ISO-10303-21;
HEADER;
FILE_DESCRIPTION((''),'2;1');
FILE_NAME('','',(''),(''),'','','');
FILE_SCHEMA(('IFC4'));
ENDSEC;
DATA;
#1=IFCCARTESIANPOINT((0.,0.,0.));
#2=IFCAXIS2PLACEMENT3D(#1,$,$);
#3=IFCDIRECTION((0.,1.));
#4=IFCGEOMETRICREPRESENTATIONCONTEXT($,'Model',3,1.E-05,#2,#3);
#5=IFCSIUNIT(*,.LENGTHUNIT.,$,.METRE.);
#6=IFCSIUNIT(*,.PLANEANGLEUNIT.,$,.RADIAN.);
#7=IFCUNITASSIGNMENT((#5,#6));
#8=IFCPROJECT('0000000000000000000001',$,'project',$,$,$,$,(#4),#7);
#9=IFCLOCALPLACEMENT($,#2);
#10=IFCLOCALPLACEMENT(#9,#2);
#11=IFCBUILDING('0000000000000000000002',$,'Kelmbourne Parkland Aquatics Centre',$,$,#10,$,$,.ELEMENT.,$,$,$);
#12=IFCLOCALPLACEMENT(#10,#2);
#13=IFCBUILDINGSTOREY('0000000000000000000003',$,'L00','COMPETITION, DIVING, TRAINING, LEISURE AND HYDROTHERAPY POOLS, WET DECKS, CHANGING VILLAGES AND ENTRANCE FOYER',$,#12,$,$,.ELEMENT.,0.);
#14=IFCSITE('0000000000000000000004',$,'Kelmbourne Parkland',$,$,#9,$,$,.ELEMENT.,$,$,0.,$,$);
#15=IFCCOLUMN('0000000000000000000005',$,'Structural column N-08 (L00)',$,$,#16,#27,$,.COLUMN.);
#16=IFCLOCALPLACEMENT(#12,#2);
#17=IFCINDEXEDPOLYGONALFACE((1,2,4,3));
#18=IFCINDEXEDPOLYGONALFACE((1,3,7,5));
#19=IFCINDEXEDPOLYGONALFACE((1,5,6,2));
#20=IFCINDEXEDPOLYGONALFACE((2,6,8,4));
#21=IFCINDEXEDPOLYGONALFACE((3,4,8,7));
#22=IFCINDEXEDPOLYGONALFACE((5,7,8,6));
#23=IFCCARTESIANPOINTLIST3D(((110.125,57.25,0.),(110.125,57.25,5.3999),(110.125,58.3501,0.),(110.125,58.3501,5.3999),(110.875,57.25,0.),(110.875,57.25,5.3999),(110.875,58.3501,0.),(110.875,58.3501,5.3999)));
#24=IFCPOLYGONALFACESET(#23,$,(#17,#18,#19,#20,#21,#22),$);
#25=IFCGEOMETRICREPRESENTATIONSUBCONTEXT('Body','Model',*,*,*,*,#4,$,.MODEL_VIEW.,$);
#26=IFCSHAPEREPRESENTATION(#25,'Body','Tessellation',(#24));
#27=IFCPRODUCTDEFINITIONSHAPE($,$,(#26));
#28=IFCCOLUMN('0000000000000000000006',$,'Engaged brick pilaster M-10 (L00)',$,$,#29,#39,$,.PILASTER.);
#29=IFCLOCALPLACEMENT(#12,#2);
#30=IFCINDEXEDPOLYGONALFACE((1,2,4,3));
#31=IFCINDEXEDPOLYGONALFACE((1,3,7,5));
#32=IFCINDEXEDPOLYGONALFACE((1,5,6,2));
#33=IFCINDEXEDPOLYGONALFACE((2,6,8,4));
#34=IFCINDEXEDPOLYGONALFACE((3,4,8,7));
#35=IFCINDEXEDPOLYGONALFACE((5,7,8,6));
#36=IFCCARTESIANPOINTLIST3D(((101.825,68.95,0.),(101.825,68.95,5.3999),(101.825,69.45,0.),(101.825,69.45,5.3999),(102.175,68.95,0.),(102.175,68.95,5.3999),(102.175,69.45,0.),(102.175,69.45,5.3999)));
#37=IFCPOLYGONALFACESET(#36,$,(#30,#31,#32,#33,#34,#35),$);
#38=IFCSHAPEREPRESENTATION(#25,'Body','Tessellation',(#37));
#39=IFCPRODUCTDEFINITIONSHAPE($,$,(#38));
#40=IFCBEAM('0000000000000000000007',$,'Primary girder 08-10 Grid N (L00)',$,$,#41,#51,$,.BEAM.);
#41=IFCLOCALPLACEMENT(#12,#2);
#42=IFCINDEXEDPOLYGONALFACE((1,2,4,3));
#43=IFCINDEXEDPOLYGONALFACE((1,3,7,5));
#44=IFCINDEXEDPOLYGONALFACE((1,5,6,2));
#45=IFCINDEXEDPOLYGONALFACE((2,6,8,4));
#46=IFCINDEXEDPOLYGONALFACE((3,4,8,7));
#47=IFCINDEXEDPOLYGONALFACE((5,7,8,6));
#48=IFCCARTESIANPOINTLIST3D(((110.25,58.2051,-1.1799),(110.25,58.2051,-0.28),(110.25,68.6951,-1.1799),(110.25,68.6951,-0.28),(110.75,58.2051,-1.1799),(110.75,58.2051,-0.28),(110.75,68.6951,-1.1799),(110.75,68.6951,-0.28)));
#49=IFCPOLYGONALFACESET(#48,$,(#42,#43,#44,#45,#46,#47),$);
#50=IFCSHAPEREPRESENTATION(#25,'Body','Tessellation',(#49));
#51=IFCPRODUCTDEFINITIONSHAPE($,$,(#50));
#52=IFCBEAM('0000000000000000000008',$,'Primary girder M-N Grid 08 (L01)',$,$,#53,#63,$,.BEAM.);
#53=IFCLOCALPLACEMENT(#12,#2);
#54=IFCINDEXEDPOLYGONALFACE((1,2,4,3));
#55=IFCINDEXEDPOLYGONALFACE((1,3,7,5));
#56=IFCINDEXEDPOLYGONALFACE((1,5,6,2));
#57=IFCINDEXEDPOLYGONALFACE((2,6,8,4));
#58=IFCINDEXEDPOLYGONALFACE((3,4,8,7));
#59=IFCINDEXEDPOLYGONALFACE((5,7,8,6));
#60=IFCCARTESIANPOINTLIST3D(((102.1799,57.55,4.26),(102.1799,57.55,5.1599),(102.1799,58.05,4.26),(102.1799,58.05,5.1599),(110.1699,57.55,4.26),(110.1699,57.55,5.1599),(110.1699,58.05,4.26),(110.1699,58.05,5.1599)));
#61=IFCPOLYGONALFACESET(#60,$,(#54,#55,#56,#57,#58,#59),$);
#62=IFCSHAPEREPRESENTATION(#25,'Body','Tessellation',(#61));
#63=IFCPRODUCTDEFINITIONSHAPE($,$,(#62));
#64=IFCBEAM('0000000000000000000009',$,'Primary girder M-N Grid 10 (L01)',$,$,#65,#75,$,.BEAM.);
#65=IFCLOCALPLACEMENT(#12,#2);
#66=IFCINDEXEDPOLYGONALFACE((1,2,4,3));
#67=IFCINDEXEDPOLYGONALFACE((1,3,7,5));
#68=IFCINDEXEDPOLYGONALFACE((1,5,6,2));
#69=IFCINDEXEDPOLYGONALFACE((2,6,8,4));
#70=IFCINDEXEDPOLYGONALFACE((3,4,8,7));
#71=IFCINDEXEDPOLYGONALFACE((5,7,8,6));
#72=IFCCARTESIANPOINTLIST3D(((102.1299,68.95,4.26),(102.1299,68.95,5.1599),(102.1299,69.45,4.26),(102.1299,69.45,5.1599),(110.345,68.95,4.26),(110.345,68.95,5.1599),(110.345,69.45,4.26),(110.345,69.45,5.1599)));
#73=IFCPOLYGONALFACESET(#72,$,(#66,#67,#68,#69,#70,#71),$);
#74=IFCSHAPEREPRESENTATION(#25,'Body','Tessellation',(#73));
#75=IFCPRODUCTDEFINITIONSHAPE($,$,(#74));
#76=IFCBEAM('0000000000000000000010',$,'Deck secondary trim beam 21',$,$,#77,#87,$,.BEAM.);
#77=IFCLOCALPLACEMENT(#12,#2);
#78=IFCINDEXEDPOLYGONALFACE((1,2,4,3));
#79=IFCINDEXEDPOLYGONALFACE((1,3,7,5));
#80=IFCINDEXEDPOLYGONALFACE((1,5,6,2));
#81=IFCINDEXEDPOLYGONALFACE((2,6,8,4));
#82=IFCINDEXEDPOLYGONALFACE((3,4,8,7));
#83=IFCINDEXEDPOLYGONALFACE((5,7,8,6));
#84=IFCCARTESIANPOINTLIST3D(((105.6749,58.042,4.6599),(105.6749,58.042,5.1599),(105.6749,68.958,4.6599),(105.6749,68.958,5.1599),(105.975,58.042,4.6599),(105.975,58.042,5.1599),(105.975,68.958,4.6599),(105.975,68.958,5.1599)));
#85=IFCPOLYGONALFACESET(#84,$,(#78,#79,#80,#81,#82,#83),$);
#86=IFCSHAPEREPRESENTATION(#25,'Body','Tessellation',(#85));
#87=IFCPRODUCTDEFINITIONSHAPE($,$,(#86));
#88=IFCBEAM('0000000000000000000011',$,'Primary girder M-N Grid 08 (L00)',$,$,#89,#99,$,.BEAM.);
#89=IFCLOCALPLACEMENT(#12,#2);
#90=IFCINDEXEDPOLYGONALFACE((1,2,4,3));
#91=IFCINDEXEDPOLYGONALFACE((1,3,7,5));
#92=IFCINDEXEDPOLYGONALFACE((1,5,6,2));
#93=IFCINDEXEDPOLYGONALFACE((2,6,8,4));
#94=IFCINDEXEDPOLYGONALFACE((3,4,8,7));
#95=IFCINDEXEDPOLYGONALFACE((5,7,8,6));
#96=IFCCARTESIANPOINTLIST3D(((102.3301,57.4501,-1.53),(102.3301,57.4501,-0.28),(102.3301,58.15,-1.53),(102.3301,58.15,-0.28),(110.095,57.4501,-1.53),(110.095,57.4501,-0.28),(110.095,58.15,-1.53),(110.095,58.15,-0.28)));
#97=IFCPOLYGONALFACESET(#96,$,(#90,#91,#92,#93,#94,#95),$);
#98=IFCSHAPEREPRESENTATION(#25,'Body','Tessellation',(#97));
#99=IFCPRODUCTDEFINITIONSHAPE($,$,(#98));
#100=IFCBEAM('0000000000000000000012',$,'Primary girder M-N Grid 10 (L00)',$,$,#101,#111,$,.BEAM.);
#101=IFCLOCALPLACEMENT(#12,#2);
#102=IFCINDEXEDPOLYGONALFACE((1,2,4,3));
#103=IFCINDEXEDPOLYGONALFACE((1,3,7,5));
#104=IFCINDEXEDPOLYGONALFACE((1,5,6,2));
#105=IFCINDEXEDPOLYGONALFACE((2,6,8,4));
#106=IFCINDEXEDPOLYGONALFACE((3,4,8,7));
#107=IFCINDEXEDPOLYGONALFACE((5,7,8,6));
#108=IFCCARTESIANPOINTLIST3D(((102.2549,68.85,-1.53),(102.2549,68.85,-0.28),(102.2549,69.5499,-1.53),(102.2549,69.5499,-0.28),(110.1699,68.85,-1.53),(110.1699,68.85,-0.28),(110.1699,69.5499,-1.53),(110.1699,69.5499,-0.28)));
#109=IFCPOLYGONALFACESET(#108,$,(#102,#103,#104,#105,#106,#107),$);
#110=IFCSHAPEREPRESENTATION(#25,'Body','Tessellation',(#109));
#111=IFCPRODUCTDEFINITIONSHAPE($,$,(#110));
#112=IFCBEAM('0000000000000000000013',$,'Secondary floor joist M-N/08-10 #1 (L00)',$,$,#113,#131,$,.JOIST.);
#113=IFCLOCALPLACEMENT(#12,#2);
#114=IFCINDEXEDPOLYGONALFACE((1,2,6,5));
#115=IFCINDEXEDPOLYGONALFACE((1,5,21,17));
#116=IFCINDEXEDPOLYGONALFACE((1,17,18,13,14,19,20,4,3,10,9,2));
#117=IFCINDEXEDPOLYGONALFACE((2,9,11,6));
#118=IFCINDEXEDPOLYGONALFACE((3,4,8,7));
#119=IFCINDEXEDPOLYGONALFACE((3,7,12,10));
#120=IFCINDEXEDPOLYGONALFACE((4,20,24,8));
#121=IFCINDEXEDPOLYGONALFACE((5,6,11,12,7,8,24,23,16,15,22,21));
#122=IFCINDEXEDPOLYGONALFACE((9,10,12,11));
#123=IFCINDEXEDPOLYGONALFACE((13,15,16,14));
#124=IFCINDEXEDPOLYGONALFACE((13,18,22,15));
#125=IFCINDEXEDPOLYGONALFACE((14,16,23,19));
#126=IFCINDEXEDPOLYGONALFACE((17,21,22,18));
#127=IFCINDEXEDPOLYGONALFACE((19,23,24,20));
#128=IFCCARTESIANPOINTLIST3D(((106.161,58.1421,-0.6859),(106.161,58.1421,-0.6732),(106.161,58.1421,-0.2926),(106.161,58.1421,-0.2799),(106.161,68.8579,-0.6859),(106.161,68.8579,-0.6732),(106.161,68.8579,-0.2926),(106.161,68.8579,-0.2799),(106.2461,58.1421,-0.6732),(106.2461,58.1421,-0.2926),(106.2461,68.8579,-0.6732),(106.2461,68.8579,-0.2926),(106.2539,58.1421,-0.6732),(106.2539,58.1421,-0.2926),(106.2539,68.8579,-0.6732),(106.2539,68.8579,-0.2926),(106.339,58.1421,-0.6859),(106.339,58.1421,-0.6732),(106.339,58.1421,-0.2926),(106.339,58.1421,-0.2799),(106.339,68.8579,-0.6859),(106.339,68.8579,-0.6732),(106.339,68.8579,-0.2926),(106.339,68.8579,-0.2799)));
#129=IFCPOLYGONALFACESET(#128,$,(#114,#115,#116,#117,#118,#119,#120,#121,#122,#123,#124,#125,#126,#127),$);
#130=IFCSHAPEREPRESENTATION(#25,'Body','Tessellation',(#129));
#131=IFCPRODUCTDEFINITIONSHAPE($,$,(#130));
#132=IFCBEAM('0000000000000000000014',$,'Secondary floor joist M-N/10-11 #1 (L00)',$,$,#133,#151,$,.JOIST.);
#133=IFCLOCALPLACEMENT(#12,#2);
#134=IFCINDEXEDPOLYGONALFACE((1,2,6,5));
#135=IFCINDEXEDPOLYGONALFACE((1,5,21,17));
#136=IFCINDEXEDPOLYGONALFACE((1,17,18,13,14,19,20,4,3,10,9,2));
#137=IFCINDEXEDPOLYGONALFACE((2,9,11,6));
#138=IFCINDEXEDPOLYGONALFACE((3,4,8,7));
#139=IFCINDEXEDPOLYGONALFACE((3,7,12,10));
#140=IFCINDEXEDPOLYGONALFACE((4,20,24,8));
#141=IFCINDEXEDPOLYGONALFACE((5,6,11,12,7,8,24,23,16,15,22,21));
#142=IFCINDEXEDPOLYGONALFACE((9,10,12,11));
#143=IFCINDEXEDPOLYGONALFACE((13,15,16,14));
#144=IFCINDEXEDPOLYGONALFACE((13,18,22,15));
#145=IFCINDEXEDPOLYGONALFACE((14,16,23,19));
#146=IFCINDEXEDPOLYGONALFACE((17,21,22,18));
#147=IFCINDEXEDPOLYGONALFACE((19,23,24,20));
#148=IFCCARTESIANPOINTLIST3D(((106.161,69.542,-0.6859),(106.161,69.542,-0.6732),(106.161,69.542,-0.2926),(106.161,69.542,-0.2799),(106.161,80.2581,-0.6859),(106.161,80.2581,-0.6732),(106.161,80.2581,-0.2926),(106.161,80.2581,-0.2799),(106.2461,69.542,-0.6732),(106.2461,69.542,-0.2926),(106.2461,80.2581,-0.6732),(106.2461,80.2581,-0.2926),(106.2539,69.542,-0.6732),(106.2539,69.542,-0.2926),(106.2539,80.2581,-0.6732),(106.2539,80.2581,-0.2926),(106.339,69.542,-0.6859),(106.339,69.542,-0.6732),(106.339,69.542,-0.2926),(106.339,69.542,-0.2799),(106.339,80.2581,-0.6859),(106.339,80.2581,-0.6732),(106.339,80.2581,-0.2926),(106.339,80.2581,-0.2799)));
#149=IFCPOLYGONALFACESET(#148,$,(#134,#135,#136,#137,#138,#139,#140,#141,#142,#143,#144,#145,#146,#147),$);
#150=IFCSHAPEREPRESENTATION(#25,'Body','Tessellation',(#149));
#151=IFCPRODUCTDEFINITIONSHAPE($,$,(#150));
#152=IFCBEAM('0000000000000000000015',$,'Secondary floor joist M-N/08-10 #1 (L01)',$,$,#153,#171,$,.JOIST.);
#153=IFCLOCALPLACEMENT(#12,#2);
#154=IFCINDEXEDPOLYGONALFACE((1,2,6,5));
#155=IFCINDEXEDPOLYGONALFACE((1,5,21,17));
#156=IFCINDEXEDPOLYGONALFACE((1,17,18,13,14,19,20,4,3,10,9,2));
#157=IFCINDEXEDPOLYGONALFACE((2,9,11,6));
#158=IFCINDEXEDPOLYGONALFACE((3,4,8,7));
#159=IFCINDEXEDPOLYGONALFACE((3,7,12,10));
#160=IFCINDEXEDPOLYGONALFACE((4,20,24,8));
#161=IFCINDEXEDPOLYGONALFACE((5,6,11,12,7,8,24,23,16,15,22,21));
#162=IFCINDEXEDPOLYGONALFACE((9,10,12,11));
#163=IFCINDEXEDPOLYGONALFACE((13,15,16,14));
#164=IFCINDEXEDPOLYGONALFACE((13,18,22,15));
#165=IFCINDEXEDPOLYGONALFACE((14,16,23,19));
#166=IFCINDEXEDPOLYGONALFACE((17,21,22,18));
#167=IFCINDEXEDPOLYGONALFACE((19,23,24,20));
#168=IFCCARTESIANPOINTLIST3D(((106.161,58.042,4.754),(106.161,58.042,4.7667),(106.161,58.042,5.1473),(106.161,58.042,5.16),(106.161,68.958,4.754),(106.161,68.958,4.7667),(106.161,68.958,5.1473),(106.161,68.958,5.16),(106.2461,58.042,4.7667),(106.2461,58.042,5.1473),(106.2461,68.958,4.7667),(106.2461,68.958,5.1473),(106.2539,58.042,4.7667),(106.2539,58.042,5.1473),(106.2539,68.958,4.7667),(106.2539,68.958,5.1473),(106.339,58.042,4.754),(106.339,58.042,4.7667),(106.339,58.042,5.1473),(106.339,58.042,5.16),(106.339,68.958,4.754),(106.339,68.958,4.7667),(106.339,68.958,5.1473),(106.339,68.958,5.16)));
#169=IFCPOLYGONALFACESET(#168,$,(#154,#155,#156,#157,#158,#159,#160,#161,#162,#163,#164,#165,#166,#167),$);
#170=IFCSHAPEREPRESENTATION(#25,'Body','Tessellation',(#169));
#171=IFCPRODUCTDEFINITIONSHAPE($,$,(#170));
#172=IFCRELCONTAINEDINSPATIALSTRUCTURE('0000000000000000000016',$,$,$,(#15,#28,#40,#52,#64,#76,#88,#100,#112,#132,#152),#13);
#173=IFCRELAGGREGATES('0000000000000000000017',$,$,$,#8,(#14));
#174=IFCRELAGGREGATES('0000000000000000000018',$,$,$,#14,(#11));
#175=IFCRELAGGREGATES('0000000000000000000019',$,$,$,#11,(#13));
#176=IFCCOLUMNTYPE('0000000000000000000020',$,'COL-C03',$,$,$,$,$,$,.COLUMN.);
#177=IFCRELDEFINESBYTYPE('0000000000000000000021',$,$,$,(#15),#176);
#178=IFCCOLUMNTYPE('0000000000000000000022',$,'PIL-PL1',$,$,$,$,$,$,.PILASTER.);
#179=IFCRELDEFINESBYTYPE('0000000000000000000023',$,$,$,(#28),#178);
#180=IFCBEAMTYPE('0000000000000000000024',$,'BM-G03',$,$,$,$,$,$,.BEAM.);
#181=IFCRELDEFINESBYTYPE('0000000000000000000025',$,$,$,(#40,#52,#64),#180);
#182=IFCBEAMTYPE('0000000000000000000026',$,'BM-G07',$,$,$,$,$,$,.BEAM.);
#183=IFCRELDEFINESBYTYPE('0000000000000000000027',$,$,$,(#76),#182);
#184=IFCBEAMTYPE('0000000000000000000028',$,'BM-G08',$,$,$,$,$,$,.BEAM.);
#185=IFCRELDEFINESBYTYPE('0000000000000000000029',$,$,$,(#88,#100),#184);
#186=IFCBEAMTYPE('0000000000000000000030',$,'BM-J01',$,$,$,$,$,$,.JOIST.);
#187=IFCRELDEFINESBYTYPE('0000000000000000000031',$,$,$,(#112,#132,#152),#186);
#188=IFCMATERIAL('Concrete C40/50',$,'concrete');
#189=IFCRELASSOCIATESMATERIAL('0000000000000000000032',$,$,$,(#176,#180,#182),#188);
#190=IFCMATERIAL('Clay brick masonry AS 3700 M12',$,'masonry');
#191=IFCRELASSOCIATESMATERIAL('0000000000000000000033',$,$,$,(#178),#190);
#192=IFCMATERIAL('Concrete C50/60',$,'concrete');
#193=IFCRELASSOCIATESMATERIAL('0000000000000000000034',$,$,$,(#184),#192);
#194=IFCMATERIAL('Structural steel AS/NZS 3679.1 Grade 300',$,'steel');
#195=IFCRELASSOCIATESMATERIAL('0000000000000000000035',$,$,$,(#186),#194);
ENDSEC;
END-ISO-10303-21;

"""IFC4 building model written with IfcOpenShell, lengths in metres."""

from ifc_helpers import new_model, si_unit, direction, frame, origin, origin_2d, place, context, subcontext, project, spatial, rectangle, i_section, extrude, material, material_profile, profile_set, type_object, element, save


model = new_model("IFC4")

# Units and contexts
model_context = context("Model", 3, precision=1e-05, world=origin(), true_north=direction((0.0, 1.0)))
body_context = subcontext(model_context, "Body", "Model", "MODEL_VIEW")
ifc_project = project(units=[si_unit("LENGTHUNIT", "METRE"), si_unit("PLANEANGLEUNIT", "RADIAN")], contexts=[model_context])

# Site, building, storey
site_placement = place(None, origin())
site = spatial("IfcSite", under=ifc_project, at=site_placement, Name="Kelmbourne Parkland", CompositionType="ELEMENT", RefElevation=0.0)
building_placement = place(site_placement, origin())
building = spatial("IfcBuilding", under=site, at=building_placement, Name="Kelmbourne Parkland Aquatics Centre", CompositionType="ELEMENT")
storey_placement = place(building_placement, origin())
storey = spatial("IfcBuildingStorey", under=building, at=storey_placement, Name="L00", Description="COMPETITION, DIVING, TRAINING, LEISURE AND HYDROTHERAPY POOLS, WET DECKS, CHANGING VILLAGES AND ENTRANCE FOYER", CompositionType="ELEMENT", Elevation=0.0)

# Columns
ifc_material_1 = material(Name="Concrete C40/50", Category="concrete")
ifc_material_profile_1 = material_profile(ifc_material_1, rectangle(XDim=0.75, YDim=1.1001, at=origin_2d()), Name="RC 750x1100")
ifc_profile_set_1 = profile_set([ifc_material_profile_1], Name="Concrete C40/50")
column_type_1 = type_object("IfcColumnType", Name="COL-C03", PredefinedType="COLUMN", material=ifc_profile_set_1)
column_1_placement = place(storey_placement, frame((110.5, 57.8, 0.0), z_axis=(0.0, 0.0, 1.0), x_axis=(1.0, 0.0, 0.0)))
element("IfcColumn", 1, at=column_1_placement, inside=storey, type_object=column_type_1, Name="Structural column N-08 (L00)", PredefinedType="COLUMN", context=body_context, shape_type="SweptSolid", body=[
    extrude(rectangle(XDim=0.75, YDim=1.1001, at=origin_2d()), origin(), (0.0, 0.0, 1.0), 5.3999),
])
ifc_material_2 = material(Name="Clay brick masonry AS 3700 M12", Category="masonry")
ifc_material_profile_2 = material_profile(ifc_material_2, rectangle(XDim=0.3501, YDim=0.5, at=origin_2d()), Name="PIL 350x500")
ifc_profile_set_2 = profile_set([ifc_material_profile_2], Name="Clay brick masonry AS 3700 M12")
column_type_2 = type_object("IfcColumnType", Name="PIL-PL1", PredefinedType="PILASTER", material=ifc_profile_set_2)
column_2_placement = place(storey_placement, frame((102.0, 69.2, 0.0), z_axis=(0.0, 0.0, 1.0), x_axis=(1.0, 0.0, 0.0)))
element("IfcColumn", 2, at=column_2_placement, inside=storey, type_object=column_type_2, Name="Engaged brick pilaster M-10 (L00)", PredefinedType="PILASTER", context=body_context, shape_type="SweptSolid", body=[
    extrude(rectangle(XDim=0.3501, YDim=0.5, at=origin_2d()), origin(), (0.0, 0.0, 1.0), 5.3999),
])

# Beams
ifc_material_profile_3 = material_profile(ifc_material_1, rectangle(XDim=0.5, YDim=0.8999, at=origin_2d()), Name="RC 500x900")
ifc_profile_set_3 = profile_set([ifc_material_profile_3], Name="Concrete C40/50")
beam_type_1 = type_object("IfcBeamType", Name="BM-G03", PredefinedType="BEAM", material=ifc_profile_set_3)
beam_1_placement = place(storey_placement, frame((110.5, 58.2051, -0.73), z_axis=(0.0, 1.0, 0.0), x_axis=(-1.0, 0.0, 0.0)))
element("IfcBeam", 3, at=beam_1_placement, inside=storey, type_object=beam_type_1, Name="Primary girder 08-10 Grid N (L00)", PredefinedType="BEAM", context=body_context, shape_type="SweptSolid", body=[
    extrude(rectangle(XDim=0.5, YDim=0.8999, at=origin_2d()), origin(), (0.0, 0.0, 1.0), 10.49),
])
beam_2_placement = place(storey_placement, frame((102.1799, 57.8, 4.71), z_axis=(1.0, 0.0, 0.0), x_axis=(0.0, 1.0, 0.0)))
element("IfcBeam", 4, at=beam_2_placement, inside=storey, type_object=beam_type_1, Name="Primary girder M-N Grid 08 (L01)", PredefinedType="BEAM", context=body_context, shape_type="SweptSolid", body=[
    extrude(rectangle(XDim=0.5, YDim=0.8999, at=origin_2d()), origin(), (0.0, 0.0, 1.0), 7.99),
])
beam_3_placement = place(storey_placement, frame((102.1299, 69.2, 4.71), z_axis=(1.0, 0.0, 0.0), x_axis=(0.0, 1.0, 0.0)))
element("IfcBeam", 5, at=beam_3_placement, inside=storey, type_object=beam_type_1, Name="Primary girder M-N Grid 10 (L01)", PredefinedType="BEAM", context=body_context, shape_type="SweptSolid", body=[
    extrude(rectangle(XDim=0.5, YDim=0.8999, at=origin_2d()), origin(), (0.0, 0.0, 1.0), 8.2151),
])
ifc_material_profile_4 = material_profile(ifc_material_1, rectangle(XDim=0.3, YDim=0.5, at=origin_2d()), Name="RC 300x500")
ifc_profile_set_4 = profile_set([ifc_material_profile_4], Name="Concrete C40/50")
beam_type_2 = type_object("IfcBeamType", Name="BM-G07", PredefinedType="BEAM", material=ifc_profile_set_4)
beam_4_placement = place(storey_placement, frame((105.825, 58.042, 4.9099), z_axis=(0.0, 1.0, 0.0), x_axis=(-1.0, 0.0, 0.0)))
element("IfcBeam", 6, at=beam_4_placement, inside=storey, type_object=beam_type_2, Name="Deck secondary trim beam 21", PredefinedType="BEAM", context=body_context, shape_type="SweptSolid", body=[
    extrude(rectangle(XDim=0.3, YDim=0.5, at=origin_2d()), origin(), (0.0, 0.0, 1.0), 10.916),
])
ifc_material_3 = material(Name="Concrete C50/60", Category="concrete")
ifc_material_profile_5 = material_profile(ifc_material_3, rectangle(XDim=0.7, YDim=1.25, at=origin_2d()), Name="RC 700x1250")
ifc_profile_set_5 = profile_set([ifc_material_profile_5], Name="Concrete C50/60")
beam_type_3 = type_object("IfcBeamType", Name="BM-G08", PredefinedType="BEAM", material=ifc_profile_set_5)
beam_5_placement = place(storey_placement, frame((102.3301, 57.8, -0.905), z_axis=(1.0, 0.0, 0.0), x_axis=(0.0, 1.0, 0.0)))
element("IfcBeam", 7, at=beam_5_placement, inside=storey, type_object=beam_type_3, Name="Primary girder M-N Grid 08 (L00)", PredefinedType="BEAM", context=body_context, shape_type="SweptSolid", body=[
    extrude(rectangle(XDim=0.7, YDim=1.25, at=origin_2d()), origin(), (0.0, 0.0, 1.0), 7.7649),
])
beam_6_placement = place(storey_placement, frame((102.2549, 69.2, -0.905), z_axis=(1.0, 0.0, 0.0), x_axis=(0.0, 1.0, 0.0)))
element("IfcBeam", 8, at=beam_6_placement, inside=storey, type_object=beam_type_3, Name="Primary girder M-N Grid 10 (L00)", PredefinedType="BEAM", context=body_context, shape_type="SweptSolid", body=[
    extrude(rectangle(XDim=0.7, YDim=1.25, at=origin_2d()), origin(), (0.0, 0.0, 1.0), 7.915),
])
ifc_material_4 = material(Name="Structural steel AS/NZS 3679.1 Grade 300", Category="steel")
ifc_material_profile_6 = material_profile(ifc_material_4, i_section(OverallWidth=0.178, OverallDepth=0.406, WebThickness=0.0078, FlangeThickness=0.0127, at=origin_2d()), Name="410UB59.7")
ifc_profile_set_6 = profile_set([ifc_material_profile_6], Name="Structural steel AS/NZS 3679.1 Grade 300")
beam_type_4 = type_object("IfcBeamType", Name="BM-J01", PredefinedType="JOIST", material=ifc_profile_set_6)
beam_7_placement = place(storey_placement, frame((106.25, 58.1421, -0.4829), z_axis=(0.0, 1.0, 0.0), x_axis=(-1.0, 0.0, 0.0)))
element("IfcBeam", 9, at=beam_7_placement, inside=storey, type_object=beam_type_4, Name="Secondary floor joist M-N/08-10 #1 (L00)", PredefinedType="JOIST", context=body_context, shape_type="SweptSolid", body=[
    extrude(i_section(OverallWidth=0.178, OverallDepth=0.406, WebThickness=0.0078, FlangeThickness=0.0127, at=origin_2d()), origin(), (0.0, 0.0, 1.0), 10.7158),
])
beam_8_placement = place(storey_placement, frame((106.25, 69.542, -0.4829), z_axis=(0.0, 1.0, 0.0), x_axis=(-1.0, 0.0, 0.0)))
element("IfcBeam", 10, at=beam_8_placement, inside=storey, type_object=beam_type_4, Name="Secondary floor joist M-N/10-11 #1 (L00)", PredefinedType="JOIST", context=body_context, shape_type="SweptSolid", body=[
    extrude(i_section(OverallWidth=0.178, OverallDepth=0.406, WebThickness=0.0078, FlangeThickness=0.0127, at=origin_2d()), origin(), (0.0, 0.0, 1.0), 10.7161),
])
beam_9_placement = place(storey_placement, frame((106.25, 58.042, 4.957), z_axis=(0.0, 1.0, 0.0), x_axis=(-1.0, 0.0, 0.0)))
element("IfcBeam", 11, at=beam_9_placement, inside=storey, type_object=beam_type_4, Name="Secondary floor joist M-N/08-10 #1 (L01)", PredefinedType="JOIST", context=body_context, shape_type="SweptSolid", body=[
    extrude(i_section(OverallWidth=0.178, OverallDepth=0.406, WebThickness=0.0078, FlangeThickness=0.0127, at=origin_2d()), origin(), (0.0, 0.0, 1.0), 10.916),
])

save(model, "model.ifc")
